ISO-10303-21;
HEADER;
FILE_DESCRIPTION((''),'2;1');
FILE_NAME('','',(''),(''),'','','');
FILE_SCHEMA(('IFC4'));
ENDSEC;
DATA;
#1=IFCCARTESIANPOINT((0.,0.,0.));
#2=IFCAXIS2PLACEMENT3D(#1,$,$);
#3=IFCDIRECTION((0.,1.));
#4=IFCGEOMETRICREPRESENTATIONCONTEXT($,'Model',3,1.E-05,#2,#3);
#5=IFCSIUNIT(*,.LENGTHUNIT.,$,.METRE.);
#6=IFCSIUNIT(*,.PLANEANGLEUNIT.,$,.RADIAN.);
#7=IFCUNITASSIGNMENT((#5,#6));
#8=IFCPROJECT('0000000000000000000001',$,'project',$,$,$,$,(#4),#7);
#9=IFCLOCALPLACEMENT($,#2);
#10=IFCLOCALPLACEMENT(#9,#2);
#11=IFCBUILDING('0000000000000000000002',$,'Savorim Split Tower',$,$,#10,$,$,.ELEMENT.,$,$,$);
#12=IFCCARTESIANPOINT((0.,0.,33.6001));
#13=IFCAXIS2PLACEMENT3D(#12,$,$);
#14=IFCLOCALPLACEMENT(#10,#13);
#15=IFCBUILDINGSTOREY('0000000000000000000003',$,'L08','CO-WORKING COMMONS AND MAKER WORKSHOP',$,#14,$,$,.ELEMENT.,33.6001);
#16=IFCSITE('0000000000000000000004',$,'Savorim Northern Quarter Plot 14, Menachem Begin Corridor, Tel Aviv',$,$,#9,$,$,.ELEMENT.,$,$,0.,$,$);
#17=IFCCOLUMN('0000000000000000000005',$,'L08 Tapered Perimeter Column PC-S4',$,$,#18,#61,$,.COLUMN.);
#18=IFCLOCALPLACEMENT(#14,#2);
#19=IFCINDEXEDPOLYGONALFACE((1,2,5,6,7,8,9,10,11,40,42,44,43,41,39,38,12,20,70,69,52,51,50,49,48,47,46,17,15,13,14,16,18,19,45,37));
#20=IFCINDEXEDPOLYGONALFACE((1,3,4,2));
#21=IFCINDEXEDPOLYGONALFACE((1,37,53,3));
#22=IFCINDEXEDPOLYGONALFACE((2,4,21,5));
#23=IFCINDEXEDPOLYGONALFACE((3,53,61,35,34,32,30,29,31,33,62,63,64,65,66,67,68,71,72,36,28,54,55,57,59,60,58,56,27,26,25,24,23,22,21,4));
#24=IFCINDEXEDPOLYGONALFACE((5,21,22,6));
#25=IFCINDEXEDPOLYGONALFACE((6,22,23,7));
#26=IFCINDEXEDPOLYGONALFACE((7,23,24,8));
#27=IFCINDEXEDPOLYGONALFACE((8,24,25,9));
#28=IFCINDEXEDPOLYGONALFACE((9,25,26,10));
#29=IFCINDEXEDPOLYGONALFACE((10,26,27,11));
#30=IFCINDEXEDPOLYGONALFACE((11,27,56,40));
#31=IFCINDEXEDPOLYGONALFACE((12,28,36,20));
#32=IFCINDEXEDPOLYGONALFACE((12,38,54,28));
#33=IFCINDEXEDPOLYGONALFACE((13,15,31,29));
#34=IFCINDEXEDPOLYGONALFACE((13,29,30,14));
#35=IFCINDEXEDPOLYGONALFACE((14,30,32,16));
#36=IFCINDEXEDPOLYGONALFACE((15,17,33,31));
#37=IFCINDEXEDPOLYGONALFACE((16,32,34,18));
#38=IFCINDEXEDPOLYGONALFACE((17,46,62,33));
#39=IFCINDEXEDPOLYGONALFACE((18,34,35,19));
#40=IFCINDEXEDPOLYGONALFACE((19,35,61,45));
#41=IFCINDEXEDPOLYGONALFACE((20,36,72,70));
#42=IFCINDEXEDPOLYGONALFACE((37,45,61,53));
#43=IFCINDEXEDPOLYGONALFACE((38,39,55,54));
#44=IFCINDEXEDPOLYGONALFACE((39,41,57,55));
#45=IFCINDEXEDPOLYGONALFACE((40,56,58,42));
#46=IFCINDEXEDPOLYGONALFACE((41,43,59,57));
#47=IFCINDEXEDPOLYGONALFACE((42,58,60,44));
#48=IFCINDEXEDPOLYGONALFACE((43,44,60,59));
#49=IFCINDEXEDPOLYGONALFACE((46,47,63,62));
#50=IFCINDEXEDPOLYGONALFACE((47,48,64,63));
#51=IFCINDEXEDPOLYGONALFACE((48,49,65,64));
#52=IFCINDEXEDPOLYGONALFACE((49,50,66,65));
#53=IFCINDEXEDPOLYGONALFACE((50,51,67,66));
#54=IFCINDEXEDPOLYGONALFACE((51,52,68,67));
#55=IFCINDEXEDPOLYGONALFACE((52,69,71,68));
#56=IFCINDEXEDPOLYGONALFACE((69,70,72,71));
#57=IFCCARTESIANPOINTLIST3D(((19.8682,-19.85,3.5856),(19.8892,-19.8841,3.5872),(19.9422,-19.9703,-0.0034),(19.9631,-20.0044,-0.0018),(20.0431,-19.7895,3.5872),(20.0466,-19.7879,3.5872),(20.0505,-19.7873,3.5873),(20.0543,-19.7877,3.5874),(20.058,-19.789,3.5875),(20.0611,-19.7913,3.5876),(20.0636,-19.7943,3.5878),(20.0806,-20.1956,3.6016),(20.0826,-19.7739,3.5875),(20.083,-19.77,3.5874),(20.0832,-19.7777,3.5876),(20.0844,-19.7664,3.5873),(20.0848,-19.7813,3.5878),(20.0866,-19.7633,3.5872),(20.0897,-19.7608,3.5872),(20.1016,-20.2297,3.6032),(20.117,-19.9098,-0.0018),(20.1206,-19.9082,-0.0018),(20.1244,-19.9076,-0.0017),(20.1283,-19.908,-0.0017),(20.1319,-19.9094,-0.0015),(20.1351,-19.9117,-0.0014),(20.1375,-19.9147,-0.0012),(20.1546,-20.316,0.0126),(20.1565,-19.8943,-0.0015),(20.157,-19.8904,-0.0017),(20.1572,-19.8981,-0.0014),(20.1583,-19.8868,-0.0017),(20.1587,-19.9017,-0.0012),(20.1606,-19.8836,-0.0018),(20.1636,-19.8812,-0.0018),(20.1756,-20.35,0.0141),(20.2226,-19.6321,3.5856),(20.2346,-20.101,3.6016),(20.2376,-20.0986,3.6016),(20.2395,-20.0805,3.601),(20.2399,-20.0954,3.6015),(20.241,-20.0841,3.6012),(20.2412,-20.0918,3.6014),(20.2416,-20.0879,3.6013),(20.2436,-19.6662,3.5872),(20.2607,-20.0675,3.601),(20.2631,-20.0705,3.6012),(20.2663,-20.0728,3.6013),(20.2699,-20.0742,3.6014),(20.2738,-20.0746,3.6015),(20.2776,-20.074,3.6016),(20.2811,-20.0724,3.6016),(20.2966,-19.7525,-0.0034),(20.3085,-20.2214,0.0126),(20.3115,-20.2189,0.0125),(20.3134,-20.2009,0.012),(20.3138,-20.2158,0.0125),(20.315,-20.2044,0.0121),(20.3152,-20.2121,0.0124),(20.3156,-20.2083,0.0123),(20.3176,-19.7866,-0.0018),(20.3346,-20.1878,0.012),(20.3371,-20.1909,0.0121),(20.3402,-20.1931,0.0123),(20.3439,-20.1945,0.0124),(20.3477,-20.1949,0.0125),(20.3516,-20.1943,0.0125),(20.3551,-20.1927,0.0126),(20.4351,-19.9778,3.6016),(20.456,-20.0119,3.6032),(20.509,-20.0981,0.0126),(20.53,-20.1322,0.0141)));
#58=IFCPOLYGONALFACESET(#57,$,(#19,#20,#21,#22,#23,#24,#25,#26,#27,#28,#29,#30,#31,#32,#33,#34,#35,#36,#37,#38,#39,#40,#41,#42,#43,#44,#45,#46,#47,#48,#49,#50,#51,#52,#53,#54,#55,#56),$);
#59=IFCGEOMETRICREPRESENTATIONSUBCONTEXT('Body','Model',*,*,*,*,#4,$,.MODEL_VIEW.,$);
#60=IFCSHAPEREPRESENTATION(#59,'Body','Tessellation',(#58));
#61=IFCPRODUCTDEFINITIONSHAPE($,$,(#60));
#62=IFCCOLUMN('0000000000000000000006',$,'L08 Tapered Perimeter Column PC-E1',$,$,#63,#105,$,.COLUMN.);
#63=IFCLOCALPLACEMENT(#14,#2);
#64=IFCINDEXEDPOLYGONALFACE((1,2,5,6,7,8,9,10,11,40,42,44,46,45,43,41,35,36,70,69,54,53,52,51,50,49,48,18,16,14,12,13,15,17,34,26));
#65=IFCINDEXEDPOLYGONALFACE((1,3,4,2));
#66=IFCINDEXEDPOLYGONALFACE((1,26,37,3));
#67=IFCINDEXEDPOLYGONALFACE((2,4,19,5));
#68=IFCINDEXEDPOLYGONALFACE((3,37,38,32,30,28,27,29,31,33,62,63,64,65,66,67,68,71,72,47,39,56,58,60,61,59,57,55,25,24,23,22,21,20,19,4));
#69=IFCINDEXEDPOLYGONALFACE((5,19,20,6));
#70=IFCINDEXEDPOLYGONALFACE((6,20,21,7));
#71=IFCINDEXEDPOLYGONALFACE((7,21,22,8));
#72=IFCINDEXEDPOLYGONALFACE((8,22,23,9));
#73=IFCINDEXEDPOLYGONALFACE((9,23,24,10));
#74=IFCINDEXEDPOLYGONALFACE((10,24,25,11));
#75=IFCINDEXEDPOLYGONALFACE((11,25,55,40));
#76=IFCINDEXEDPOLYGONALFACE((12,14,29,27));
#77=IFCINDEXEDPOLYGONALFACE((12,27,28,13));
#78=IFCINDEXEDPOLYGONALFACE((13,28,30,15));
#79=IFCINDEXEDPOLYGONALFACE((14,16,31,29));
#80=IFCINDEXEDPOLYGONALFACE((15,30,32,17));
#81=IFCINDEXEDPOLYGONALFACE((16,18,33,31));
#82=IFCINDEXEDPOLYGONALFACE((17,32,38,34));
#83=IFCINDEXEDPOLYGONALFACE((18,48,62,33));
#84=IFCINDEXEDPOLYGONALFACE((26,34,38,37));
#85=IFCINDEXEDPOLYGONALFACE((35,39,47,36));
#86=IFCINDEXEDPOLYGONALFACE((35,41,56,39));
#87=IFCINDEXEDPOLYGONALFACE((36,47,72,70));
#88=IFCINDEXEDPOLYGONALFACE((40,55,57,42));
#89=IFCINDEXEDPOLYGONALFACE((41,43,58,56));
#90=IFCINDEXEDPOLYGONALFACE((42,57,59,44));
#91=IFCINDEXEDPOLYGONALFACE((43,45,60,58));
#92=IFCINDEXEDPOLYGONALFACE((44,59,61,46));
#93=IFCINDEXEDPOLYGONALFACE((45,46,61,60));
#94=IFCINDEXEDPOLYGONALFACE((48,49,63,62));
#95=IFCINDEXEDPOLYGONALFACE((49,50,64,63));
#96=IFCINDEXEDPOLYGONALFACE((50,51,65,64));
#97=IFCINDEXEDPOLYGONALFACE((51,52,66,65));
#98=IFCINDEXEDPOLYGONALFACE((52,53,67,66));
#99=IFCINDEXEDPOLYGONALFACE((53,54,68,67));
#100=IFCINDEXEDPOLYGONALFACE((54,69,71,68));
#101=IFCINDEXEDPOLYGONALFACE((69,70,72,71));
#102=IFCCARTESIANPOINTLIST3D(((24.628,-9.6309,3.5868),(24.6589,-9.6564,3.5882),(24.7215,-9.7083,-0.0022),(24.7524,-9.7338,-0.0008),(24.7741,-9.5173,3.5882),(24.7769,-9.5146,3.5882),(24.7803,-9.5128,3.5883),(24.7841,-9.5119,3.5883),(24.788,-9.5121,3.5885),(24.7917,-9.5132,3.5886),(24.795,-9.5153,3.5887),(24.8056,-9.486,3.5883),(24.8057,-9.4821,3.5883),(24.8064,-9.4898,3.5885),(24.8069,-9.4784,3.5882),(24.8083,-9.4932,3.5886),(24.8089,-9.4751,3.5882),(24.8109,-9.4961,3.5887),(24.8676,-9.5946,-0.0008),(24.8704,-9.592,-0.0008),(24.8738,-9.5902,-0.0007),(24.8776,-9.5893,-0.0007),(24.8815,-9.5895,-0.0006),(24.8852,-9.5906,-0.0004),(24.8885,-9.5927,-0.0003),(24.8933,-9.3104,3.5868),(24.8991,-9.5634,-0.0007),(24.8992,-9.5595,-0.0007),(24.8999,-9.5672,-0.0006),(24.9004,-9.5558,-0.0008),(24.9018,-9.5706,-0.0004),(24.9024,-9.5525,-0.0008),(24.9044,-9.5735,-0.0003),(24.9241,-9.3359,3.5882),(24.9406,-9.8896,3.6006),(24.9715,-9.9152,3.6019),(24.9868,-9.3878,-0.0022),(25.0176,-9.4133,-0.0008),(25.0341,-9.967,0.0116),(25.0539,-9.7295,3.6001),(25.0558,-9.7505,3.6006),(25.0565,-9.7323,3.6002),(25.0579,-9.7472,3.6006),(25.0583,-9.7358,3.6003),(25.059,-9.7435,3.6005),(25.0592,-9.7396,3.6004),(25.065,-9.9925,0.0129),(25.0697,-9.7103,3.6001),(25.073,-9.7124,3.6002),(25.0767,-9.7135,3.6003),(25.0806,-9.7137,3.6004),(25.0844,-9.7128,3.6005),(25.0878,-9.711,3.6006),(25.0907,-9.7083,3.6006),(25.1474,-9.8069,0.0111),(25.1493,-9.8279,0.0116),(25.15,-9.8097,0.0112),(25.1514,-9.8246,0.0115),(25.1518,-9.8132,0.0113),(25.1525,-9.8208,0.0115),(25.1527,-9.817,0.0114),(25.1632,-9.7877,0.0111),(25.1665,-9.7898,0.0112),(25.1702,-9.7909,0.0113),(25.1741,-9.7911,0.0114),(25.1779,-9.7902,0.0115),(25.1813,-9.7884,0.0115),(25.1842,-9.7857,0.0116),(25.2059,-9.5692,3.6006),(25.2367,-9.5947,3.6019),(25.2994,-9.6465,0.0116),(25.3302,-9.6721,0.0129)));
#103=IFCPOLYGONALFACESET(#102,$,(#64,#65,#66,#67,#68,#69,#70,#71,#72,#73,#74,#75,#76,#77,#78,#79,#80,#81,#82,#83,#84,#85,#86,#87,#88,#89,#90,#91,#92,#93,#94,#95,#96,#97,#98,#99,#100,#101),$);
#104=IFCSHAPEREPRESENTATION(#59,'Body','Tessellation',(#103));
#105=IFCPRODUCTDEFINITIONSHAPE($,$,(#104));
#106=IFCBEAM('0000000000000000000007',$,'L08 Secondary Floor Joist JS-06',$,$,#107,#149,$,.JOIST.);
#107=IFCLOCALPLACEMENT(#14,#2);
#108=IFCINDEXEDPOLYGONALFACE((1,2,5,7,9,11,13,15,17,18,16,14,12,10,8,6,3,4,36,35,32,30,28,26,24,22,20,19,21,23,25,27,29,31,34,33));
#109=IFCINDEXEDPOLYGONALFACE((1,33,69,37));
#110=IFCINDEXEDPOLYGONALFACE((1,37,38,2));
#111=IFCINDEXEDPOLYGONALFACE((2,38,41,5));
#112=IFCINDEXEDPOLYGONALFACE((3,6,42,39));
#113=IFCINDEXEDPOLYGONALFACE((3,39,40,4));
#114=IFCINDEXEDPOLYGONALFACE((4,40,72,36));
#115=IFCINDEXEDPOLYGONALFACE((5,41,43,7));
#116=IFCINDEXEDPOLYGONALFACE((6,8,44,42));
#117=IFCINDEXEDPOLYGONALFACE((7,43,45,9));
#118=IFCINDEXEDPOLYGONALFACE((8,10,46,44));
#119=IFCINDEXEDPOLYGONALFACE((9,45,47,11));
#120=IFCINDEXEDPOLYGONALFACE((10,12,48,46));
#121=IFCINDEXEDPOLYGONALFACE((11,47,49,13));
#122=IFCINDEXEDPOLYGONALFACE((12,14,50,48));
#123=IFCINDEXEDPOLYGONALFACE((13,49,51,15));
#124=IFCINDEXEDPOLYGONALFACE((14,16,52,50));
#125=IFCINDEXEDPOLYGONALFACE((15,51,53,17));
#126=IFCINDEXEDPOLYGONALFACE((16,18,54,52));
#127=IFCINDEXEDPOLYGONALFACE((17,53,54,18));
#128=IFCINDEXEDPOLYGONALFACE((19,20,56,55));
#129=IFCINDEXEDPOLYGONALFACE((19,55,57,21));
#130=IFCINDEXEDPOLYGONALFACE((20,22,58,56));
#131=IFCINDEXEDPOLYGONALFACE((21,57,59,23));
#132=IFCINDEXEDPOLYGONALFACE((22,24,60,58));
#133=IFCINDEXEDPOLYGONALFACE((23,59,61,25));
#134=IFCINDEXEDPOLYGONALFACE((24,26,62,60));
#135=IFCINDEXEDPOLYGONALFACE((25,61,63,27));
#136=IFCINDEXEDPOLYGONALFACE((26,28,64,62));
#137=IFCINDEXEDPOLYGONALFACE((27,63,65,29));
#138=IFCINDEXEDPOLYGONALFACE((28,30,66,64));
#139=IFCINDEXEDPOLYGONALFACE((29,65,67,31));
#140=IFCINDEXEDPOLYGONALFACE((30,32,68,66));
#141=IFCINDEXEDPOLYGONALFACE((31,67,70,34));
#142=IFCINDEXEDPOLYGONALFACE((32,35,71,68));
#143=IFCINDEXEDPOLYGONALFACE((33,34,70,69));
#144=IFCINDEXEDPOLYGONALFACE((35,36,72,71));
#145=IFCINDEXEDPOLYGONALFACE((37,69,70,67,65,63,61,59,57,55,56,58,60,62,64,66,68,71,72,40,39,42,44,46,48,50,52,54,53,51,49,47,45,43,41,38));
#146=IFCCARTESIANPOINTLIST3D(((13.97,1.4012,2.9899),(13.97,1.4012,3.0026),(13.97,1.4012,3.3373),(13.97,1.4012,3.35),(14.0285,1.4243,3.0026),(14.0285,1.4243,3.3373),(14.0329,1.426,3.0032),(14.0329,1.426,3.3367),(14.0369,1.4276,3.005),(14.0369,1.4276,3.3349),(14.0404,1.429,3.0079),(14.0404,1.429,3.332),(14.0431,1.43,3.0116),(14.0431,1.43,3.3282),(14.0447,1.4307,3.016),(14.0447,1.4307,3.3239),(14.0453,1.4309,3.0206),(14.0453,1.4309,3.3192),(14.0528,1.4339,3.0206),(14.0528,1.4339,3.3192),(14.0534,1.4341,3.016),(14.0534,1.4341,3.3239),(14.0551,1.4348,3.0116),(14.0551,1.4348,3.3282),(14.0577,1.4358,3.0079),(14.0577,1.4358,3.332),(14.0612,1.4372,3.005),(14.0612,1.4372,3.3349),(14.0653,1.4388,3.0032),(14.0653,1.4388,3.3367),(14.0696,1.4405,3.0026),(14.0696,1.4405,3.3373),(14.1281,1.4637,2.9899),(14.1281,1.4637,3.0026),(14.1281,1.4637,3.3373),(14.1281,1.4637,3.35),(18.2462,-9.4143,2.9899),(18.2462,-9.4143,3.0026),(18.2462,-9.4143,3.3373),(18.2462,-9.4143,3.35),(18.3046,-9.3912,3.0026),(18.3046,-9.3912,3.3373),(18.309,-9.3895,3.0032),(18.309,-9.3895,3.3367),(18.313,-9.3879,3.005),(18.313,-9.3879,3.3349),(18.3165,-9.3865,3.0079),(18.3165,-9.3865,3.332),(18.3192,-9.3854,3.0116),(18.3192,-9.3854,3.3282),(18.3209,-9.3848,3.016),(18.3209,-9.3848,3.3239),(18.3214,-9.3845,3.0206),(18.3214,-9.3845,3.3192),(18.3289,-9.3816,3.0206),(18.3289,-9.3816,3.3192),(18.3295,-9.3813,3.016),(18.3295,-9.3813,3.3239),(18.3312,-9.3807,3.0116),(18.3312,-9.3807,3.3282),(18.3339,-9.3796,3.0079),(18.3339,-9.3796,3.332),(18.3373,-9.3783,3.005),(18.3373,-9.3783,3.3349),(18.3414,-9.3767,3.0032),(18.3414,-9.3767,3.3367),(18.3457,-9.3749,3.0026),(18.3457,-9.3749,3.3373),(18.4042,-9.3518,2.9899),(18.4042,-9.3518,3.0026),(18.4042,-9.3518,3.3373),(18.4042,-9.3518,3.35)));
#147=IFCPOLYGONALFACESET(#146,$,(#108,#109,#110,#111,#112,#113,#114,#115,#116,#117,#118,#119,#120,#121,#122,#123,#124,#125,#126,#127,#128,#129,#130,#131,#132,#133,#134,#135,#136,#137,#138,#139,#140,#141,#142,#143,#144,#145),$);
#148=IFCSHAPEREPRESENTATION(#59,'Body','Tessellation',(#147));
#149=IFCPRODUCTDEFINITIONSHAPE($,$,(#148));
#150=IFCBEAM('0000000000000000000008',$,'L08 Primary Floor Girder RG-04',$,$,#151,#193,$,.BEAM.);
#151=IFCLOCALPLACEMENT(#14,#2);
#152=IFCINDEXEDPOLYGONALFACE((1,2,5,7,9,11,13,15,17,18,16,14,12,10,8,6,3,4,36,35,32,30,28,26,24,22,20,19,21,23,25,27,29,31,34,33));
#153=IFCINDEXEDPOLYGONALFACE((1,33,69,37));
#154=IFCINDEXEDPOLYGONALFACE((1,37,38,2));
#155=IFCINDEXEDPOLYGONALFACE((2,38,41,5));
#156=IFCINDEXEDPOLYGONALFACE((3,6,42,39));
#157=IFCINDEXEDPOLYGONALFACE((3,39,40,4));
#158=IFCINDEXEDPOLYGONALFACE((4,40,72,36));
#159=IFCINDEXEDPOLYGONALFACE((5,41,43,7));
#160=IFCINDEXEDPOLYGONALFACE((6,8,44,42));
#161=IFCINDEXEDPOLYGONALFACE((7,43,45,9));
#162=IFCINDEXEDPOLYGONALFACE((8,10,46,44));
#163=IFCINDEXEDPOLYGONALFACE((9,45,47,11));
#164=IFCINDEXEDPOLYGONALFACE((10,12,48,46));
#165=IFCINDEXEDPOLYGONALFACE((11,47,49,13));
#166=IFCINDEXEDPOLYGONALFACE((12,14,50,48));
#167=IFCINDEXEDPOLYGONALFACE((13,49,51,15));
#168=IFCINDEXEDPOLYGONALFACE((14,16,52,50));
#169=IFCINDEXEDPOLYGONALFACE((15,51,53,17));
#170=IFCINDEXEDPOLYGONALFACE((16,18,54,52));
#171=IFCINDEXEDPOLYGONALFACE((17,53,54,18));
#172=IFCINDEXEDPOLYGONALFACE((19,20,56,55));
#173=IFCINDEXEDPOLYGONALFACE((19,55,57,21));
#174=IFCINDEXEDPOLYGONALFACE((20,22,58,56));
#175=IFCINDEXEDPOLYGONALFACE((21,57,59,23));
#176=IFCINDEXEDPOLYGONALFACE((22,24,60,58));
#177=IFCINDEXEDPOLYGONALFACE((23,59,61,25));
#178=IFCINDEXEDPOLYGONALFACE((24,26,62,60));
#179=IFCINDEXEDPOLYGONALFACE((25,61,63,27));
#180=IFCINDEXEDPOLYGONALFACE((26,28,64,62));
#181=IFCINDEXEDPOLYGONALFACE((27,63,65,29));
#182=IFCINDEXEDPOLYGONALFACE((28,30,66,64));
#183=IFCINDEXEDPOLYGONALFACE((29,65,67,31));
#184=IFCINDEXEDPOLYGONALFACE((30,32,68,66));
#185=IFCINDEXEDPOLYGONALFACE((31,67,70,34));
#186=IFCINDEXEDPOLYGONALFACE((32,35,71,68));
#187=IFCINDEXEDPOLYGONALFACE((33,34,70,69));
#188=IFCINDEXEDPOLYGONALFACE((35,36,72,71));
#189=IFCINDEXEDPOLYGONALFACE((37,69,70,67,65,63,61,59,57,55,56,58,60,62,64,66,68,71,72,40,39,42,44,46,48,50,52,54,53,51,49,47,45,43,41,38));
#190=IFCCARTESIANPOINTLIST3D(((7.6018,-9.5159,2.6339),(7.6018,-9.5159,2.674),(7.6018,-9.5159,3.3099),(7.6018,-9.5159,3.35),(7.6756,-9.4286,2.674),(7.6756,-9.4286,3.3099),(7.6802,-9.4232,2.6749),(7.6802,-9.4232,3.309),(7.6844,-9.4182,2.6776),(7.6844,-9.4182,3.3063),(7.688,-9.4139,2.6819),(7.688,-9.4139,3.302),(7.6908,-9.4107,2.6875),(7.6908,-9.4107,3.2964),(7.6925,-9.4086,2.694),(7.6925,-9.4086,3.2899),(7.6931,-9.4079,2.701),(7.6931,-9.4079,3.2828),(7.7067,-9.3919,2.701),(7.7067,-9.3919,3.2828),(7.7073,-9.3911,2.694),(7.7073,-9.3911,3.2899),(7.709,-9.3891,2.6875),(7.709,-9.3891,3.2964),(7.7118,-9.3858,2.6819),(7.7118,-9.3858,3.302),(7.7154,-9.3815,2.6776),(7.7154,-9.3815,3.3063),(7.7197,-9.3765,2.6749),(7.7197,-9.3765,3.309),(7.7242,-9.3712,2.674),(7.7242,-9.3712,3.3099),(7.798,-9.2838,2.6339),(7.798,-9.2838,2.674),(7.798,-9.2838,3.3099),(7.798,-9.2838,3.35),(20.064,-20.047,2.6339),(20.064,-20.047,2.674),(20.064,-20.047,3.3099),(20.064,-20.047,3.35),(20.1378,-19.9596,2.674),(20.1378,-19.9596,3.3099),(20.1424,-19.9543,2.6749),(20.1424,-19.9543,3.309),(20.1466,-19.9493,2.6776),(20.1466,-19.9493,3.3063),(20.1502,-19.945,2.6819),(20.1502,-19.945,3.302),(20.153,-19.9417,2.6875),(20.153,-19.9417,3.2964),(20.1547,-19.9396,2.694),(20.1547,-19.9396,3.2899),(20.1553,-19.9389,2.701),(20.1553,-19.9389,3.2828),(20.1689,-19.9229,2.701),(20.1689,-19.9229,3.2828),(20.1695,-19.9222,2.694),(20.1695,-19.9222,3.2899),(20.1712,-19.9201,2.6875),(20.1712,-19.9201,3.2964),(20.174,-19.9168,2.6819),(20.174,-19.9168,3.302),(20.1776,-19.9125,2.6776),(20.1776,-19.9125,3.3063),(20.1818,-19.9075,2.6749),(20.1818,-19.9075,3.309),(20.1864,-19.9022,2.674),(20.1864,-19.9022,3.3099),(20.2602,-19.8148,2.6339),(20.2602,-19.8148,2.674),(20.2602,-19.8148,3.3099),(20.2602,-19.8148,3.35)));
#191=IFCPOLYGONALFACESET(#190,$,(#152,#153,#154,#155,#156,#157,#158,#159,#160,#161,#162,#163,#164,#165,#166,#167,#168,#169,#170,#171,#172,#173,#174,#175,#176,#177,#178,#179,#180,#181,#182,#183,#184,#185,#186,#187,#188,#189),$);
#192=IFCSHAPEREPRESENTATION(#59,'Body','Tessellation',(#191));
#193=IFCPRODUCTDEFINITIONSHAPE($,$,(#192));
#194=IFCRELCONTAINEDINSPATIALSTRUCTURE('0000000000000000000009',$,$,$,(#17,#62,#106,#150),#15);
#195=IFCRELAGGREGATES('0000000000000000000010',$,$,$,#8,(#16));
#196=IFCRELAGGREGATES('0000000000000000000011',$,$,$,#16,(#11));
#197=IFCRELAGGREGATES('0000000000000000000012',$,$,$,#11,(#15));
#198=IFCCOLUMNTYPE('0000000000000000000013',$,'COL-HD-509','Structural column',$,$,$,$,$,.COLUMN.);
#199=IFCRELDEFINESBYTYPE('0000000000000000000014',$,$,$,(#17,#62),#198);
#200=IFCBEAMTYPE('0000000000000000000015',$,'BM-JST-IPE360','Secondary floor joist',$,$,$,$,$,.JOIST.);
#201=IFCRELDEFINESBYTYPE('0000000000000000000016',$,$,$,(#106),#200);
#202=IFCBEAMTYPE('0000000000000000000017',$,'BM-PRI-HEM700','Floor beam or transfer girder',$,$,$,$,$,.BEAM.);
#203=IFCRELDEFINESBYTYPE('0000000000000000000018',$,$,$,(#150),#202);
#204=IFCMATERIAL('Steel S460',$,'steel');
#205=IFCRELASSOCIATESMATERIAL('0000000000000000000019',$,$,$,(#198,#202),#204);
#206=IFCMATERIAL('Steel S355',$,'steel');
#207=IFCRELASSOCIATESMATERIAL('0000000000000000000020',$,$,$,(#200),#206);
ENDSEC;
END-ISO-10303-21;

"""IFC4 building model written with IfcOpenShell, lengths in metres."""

from ifc_helpers import new_model, si_unit, direction, frame, origin, origin_2d, place, context, subcontext, project, spatial, i_section, extrude, material, material_profile, profile_set, type_object, element, save


model = new_model("IFC4")

# Units and contexts
model_context = context("Model", 3, precision=1e-05, world=origin(), true_north=direction((0.0, 1.0)))
body_context = subcontext(model_context, "Body", "Model", "MODEL_VIEW")
ifc_project = project(units=[si_unit("LENGTHUNIT", "METRE"), si_unit("PLANEANGLEUNIT", "RADIAN")], contexts=[model_context])

# Site, building, storey
site_placement = place(None, origin())
site = spatial("IfcSite", under=ifc_project, at=site_placement, Name="Savorim Northern Quarter Plot 14, Menachem Begin Corridor, Tel Aviv", CompositionType="ELEMENT", RefElevation=0.0)
building_placement = place(site_placement, origin())
building = spatial("IfcBuilding", under=site, at=building_placement, Name="Savorim Split Tower", CompositionType="ELEMENT")
storey_placement = place(building_placement, frame((0.0, 0.0, 33.6001)))
storey = spatial("IfcBuildingStorey", under=building, at=storey_placement, Name="L08", Description="CO-WORKING COMMONS AND MAKER WORKSHOP", CompositionType="ELEMENT", Elevation=33.6001)

# Columns
ifc_material_1 = material(Name="Steel S460", Category="steel")
ifc_material_profile_1 = material_profile(ifc_material_1, i_section(OverallWidth=0.416, OverallDepth=0.446, WebThickness=0.0249, FlangeThickness=0.04, FilletRadius=0.0149, at=origin_2d()), Name="HD 400x509")
ifc_profile_set_1 = profile_set([ifc_material_profile_1], Name="Steel S460")
column_type = type_object("IfcColumnType", Name="COL-HD-509", Description="Structural column", PredefinedType="COLUMN", material=ifc_profile_set_1)
column_1_placement = place(storey_placement, frame((20.2361, -20.0513, 0.0054), z_axis=(-0.020595, 0.033509, 0.999226), x_axis=(-0.851955, -0.523615, 0.0)))
element("IfcColumn", 1, at=column_1_placement, inside=storey, type_object=column_type, Name="L08 Tapered Perimeter Column PC-S4", PredefinedType="COLUMN", context=body_context, shape_type="SweptSolid", body=[
    extrude(i_section(OverallWidth=0.416, OverallDepth=0.446, WebThickness=0.0249, FlangeThickness=0.04, FilletRadius=0.0149, at=origin_2d()), origin(), (0.0, 0.0, 1.0), 3.5918),
])
column_2_placement = place(storey_placement, frame((25.0259, -9.6902, 0.0054), z_axis=(-0.026038, 0.021551, 0.999429), x_axis=(-0.637609, -0.77036, 0.0)))
element("IfcColumn", 2, at=column_2_placement, inside=storey, type_object=column_type, Name="L08 Tapered Perimeter Column PC-E1", PredefinedType="COLUMN", context=body_context, shape_type="SweptSolid", body=[
    extrude(i_section(OverallWidth=0.416, OverallDepth=0.446, WebThickness=0.0249, FlangeThickness=0.04, FilletRadius=0.0149, at=origin_2d()), origin(), (0.0, 0.0, 1.0), 3.5911),
])

# Beams
ifc_material_2 = material(Name="Steel S355", Category="steel")
ifc_material_profile_2 = material_profile(ifc_material_2, i_section(OverallWidth=0.1699, OverallDepth=0.3601, WebThickness=0.0081, FlangeThickness=0.0127, FilletRadius=0.0181, at=origin_2d()), Name="IPE 360")
ifc_profile_set_2 = profile_set([ifc_material_profile_2], Name="Steel S355")
beam_type_1 = type_object("IfcBeamType", Name="BM-JST-IPE360", Description="Secondary floor joist", PredefinedType="JOIST", material=ifc_profile_set_2)
beam_1_placement = place(storey_placement, frame((18.3252, -9.3831, 3.1699), z_axis=(-0.367678, 0.929953, 0.0), x_axis=(-0.929953, -0.367678, 0.0)))
element("IfcBeam", 3, at=beam_1_placement, inside=storey, type_object=beam_type_1, Name="L08 Secondary Floor Joist JS-06", PredefinedType="JOIST", context=body_context, shape_type="SweptSolid", body=[
    extrude(i_section(OverallWidth=0.1699, OverallDepth=0.3601, WebThickness=0.0081, FlangeThickness=0.0127, FilletRadius=0.0181, at=origin_2d()), origin(), (0.0, 0.0, 1.0), 11.6301),
])
ifc_material_profile_3 = material_profile(ifc_material_1, i_section(OverallWidth=0.304, OverallDepth=0.7161, WebThickness=0.021, FlangeThickness=0.04, FilletRadius=0.0271, at=origin_2d()), Name="HE 700 M")
ifc_profile_set_3 = profile_set([ifc_material_profile_3], Name="Steel S460")
beam_type_2 = type_object("IfcBeamType", Name="BM-PRI-HEM700", Description="Floor beam or transfer girder", PredefinedType="BEAM", material=ifc_profile_set_3)
beam_2_placement = place(storey_placement, frame((20.1621, -19.9309, 2.9919), z_axis=(-0.763806, 0.645446, 0.0), x_axis=(-0.645446, -0.763806, 0.0)))
element("IfcBeam", 4, at=beam_2_placement, inside=storey, type_object=beam_type_2, Name="L08 Primary Floor Girder RG-04", PredefinedType="BEAM", context=body_context, shape_type="SweptSolid", body=[
    extrude(i_section(OverallWidth=0.304, OverallDepth=0.7161, WebThickness=0.021, FlangeThickness=0.04, FilletRadius=0.0271, at=origin_2d()), origin(), (0.0, 0.0, 1.0), 16.3159),
])

save(model, "model.ifc")
